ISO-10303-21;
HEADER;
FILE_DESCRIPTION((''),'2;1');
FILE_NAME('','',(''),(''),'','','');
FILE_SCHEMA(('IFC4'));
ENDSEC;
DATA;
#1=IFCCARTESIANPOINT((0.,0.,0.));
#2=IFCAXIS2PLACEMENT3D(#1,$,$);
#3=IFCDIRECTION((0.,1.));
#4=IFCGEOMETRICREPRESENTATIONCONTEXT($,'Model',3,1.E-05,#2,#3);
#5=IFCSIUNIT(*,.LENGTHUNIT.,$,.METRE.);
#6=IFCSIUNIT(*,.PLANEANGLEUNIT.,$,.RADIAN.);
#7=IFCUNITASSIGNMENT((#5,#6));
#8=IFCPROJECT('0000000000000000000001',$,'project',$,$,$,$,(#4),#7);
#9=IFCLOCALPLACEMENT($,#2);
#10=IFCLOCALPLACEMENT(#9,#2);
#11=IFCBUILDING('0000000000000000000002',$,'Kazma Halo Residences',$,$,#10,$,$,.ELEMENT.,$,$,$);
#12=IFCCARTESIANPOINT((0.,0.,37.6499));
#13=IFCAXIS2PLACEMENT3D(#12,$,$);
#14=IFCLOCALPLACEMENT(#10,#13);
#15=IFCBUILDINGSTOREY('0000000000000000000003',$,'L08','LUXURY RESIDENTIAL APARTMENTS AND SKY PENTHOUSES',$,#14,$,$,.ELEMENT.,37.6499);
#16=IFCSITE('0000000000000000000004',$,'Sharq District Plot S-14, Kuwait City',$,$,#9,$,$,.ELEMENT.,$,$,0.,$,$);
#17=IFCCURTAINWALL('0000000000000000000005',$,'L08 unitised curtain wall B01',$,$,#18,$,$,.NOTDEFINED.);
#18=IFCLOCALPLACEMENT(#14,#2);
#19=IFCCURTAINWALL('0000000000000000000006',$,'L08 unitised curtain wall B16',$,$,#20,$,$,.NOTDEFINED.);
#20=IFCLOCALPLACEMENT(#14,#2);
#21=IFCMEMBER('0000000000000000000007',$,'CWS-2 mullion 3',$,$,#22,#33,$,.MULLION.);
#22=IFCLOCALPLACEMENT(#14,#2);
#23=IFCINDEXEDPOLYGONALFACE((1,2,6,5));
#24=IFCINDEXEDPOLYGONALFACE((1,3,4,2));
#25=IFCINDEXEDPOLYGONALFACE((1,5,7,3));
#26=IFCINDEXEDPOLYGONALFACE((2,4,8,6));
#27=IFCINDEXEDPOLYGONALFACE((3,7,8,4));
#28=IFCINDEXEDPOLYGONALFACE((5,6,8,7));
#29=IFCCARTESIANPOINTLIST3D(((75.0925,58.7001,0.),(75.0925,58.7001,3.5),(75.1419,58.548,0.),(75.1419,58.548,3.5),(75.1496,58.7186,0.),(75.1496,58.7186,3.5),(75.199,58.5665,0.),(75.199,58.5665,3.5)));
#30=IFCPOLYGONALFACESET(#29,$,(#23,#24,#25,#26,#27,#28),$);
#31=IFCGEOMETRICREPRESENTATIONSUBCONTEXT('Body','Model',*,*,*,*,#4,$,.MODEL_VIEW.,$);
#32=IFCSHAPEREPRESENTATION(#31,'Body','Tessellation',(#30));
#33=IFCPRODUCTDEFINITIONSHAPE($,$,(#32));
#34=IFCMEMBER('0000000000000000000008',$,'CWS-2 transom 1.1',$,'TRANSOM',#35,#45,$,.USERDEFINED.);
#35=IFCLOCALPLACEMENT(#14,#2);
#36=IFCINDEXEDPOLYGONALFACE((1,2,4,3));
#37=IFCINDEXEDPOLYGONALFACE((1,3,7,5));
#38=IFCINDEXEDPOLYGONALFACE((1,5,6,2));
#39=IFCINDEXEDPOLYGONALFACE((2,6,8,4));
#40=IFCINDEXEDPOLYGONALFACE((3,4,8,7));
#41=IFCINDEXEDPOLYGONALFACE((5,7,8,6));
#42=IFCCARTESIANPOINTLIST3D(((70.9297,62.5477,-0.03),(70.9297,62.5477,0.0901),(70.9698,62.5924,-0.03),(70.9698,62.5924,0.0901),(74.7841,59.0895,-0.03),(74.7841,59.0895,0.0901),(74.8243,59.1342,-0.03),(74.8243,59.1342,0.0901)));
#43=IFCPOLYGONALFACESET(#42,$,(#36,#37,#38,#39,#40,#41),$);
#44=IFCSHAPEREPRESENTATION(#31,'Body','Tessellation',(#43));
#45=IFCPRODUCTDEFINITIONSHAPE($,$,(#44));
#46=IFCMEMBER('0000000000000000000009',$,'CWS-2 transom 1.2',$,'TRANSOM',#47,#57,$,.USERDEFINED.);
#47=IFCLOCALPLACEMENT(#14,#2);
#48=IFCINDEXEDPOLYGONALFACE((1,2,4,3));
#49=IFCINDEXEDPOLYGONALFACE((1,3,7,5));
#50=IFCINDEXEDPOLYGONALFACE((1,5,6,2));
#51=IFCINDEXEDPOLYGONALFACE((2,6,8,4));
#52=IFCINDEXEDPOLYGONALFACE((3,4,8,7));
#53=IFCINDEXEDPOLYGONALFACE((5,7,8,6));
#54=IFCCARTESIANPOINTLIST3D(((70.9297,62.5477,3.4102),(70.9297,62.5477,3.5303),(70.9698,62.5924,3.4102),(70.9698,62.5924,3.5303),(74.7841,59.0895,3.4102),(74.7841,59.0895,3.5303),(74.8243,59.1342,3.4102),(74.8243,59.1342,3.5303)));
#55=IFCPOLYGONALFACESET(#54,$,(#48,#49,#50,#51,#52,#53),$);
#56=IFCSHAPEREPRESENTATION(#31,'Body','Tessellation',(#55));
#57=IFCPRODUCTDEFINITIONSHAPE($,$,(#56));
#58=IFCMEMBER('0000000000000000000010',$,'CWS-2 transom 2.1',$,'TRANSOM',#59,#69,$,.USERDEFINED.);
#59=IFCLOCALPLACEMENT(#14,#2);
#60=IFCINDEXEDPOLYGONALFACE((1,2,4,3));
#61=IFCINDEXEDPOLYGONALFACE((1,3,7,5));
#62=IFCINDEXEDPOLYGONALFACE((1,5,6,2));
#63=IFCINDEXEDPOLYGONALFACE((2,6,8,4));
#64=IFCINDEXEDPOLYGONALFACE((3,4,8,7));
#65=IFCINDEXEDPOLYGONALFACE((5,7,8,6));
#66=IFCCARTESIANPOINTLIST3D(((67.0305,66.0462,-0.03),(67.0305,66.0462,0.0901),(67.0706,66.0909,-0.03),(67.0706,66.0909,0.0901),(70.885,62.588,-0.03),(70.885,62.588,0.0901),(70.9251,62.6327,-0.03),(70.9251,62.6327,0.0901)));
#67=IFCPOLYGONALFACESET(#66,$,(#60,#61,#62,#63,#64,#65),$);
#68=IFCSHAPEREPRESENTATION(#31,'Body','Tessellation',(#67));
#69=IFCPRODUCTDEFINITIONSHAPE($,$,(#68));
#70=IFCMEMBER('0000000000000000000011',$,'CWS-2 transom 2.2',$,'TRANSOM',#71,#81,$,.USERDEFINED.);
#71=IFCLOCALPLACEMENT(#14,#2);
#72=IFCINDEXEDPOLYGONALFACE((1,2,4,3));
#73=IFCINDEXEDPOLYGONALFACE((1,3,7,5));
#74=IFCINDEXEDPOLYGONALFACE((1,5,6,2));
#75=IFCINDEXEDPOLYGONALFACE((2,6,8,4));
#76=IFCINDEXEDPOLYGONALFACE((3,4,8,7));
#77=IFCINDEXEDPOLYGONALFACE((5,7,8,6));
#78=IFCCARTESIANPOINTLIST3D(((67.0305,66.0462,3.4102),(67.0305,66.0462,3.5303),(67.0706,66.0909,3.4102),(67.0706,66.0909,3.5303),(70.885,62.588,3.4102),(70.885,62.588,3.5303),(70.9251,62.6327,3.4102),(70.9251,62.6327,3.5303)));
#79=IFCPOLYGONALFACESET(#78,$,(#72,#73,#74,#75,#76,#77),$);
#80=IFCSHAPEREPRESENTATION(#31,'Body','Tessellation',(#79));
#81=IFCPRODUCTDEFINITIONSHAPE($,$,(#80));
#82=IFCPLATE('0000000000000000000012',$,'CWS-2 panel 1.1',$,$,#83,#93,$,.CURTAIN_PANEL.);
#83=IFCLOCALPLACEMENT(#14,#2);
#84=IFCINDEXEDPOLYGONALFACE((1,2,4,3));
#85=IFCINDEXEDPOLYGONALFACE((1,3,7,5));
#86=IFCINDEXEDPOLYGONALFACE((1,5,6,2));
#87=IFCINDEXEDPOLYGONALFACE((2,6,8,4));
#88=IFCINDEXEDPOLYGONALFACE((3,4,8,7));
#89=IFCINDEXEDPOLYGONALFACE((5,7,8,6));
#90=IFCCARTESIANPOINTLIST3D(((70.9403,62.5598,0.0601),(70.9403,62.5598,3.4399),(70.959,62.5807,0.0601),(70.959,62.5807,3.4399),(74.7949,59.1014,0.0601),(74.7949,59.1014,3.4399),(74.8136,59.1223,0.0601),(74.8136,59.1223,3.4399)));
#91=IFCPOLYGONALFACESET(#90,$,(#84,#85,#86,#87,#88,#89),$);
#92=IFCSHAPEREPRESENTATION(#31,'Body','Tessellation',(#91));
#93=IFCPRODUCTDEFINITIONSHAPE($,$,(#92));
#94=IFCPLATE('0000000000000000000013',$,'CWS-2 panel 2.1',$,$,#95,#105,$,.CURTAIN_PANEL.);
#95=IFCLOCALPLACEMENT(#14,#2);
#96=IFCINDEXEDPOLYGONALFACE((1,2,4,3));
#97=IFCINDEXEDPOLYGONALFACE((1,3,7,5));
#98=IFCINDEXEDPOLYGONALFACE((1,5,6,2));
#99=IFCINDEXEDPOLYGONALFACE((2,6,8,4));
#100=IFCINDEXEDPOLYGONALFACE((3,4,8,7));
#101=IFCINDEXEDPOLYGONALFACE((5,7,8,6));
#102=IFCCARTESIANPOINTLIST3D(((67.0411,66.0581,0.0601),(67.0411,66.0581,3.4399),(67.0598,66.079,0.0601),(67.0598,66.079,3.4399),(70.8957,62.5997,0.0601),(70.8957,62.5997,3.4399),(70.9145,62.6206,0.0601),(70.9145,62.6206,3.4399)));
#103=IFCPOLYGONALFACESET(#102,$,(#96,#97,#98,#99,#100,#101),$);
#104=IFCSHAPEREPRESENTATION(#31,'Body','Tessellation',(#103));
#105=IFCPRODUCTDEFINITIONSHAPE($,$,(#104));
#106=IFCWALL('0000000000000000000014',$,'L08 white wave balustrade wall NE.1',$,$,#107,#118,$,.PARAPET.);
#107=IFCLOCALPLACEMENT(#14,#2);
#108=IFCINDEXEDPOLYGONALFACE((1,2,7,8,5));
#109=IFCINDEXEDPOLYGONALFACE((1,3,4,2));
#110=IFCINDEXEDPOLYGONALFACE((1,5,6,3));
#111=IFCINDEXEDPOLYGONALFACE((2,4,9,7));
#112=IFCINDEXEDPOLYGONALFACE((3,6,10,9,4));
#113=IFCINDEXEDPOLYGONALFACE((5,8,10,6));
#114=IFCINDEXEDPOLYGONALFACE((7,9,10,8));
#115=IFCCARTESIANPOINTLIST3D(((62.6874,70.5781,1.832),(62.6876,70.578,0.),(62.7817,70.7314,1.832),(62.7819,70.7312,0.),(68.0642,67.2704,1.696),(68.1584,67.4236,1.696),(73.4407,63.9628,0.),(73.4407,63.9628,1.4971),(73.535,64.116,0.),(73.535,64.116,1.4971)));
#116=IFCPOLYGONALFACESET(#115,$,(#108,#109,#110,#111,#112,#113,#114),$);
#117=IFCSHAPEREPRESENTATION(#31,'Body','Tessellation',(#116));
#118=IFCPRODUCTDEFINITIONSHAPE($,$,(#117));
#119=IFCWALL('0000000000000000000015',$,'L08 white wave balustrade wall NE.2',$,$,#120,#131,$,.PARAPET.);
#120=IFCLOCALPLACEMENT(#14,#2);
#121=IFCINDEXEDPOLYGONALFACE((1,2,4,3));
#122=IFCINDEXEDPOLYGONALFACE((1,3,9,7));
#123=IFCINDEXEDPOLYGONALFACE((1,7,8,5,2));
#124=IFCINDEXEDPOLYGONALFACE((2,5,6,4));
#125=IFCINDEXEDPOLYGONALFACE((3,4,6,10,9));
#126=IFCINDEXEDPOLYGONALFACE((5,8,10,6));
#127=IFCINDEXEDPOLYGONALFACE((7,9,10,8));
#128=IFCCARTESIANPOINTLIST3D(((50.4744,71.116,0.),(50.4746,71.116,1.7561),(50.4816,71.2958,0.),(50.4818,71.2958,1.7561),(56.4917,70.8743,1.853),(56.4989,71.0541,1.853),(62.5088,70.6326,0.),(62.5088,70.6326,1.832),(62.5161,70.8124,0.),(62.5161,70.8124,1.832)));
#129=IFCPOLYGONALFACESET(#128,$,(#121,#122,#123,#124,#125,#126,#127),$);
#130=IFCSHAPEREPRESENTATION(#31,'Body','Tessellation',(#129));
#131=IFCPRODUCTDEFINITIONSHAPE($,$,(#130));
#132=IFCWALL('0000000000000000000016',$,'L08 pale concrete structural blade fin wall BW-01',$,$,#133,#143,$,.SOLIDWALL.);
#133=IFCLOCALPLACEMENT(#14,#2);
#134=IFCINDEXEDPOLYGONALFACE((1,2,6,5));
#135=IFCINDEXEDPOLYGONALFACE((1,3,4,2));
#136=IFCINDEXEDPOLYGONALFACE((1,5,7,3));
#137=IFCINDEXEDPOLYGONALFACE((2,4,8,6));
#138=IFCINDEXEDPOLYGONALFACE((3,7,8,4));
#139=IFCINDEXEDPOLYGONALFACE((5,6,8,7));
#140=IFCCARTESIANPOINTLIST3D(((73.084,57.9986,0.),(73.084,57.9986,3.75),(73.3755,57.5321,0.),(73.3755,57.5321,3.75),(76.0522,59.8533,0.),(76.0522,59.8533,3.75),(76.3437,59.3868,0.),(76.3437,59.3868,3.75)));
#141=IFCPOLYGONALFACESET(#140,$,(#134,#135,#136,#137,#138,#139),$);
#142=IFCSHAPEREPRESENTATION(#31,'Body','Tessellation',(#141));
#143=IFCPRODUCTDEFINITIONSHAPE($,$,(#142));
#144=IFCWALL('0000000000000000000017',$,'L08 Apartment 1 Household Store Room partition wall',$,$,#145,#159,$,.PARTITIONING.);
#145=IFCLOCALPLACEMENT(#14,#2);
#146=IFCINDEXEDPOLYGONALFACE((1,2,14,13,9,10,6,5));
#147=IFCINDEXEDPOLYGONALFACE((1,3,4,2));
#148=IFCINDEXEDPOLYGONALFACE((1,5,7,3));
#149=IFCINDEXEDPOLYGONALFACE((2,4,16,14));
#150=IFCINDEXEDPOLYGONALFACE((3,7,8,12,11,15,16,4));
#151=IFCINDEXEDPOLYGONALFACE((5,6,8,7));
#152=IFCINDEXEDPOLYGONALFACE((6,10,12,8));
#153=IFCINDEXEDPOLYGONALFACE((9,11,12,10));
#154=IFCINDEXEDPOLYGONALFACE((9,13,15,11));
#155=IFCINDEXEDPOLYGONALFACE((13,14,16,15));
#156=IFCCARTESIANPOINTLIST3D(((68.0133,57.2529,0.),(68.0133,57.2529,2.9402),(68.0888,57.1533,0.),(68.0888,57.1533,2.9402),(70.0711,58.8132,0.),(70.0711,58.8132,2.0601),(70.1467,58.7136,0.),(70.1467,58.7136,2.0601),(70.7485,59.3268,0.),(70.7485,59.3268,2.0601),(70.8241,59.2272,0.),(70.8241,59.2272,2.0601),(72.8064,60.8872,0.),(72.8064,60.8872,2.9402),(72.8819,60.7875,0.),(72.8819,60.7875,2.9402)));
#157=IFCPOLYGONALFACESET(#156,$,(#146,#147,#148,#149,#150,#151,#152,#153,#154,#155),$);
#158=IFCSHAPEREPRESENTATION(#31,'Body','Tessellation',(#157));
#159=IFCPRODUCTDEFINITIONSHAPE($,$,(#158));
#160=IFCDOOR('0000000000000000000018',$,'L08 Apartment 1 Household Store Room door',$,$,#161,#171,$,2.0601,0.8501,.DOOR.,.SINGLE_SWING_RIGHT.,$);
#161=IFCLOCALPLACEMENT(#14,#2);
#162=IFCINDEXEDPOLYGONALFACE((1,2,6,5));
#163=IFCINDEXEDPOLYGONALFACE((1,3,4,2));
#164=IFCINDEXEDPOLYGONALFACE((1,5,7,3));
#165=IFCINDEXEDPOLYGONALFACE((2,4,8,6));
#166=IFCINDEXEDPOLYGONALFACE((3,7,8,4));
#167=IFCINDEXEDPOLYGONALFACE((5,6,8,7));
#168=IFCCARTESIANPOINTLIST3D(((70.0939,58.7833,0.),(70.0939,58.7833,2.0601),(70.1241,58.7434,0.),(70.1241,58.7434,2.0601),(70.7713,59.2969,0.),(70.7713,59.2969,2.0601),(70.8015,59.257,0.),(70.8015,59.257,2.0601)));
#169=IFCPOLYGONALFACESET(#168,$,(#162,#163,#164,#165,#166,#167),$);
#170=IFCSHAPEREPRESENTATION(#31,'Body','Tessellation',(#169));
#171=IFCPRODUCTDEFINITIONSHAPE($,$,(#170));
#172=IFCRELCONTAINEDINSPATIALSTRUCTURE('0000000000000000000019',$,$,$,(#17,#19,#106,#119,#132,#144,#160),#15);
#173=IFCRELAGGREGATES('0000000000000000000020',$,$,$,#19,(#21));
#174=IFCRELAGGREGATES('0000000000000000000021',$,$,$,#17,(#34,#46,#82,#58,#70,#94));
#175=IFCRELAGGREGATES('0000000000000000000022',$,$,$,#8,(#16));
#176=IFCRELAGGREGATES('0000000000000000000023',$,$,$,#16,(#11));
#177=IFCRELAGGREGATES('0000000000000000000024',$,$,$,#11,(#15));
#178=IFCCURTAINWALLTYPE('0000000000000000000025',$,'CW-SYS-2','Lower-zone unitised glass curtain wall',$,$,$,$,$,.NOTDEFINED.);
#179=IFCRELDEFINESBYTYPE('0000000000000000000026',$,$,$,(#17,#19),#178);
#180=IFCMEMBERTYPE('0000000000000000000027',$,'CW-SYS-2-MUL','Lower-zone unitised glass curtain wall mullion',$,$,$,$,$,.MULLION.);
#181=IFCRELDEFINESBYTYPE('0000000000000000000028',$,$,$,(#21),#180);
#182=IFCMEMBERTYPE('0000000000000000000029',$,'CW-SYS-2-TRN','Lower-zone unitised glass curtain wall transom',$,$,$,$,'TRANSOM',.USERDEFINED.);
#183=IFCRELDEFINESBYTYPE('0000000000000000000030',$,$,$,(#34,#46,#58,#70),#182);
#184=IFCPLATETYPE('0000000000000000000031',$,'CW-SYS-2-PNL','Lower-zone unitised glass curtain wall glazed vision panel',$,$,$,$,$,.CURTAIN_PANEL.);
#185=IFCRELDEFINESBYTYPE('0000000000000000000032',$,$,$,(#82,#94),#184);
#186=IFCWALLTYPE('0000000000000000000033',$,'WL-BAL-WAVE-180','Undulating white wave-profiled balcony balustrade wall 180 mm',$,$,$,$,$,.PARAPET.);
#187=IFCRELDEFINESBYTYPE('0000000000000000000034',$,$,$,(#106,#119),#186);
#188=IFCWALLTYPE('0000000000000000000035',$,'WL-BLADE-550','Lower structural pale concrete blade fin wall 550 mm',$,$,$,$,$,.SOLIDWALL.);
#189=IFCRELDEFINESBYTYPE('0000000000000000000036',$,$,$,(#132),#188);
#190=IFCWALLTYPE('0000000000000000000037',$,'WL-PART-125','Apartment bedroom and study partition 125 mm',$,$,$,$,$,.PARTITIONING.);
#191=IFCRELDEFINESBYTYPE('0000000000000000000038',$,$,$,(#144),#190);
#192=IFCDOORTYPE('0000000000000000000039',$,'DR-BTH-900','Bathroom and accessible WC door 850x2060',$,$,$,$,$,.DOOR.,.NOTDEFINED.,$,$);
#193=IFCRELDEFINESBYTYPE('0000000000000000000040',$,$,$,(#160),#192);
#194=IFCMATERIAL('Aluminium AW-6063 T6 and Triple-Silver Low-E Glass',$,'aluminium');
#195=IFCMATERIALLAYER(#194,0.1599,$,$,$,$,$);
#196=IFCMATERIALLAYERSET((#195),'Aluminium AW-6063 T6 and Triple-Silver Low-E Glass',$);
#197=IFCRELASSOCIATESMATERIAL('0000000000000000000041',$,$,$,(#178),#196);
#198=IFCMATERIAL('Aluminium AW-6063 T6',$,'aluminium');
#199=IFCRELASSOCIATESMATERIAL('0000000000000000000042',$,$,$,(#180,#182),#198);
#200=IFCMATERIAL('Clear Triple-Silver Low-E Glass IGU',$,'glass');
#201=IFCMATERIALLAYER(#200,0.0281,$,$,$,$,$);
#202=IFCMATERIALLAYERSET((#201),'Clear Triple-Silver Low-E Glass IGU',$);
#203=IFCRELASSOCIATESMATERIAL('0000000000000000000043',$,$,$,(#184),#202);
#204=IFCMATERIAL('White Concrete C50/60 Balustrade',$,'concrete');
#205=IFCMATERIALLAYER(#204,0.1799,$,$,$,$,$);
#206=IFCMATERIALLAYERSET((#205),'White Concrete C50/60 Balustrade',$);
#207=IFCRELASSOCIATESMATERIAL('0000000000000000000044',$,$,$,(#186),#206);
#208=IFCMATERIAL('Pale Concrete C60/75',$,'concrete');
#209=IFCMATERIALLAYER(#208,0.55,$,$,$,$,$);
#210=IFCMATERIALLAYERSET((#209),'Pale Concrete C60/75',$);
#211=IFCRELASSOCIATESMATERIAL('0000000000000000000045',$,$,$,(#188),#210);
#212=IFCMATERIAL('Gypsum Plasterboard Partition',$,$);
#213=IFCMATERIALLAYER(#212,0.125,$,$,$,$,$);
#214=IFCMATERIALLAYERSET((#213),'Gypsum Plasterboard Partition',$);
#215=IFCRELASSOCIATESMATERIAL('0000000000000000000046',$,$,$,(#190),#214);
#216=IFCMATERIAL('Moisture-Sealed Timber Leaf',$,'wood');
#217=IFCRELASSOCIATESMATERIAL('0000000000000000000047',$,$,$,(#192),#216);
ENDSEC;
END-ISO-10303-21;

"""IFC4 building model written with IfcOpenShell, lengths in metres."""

from ifc_helpers import new_model, si_unit, direction, frame, frame_2d, origin, origin_2d, place, context, subcontext, project, spatial, polyline, rectangle, outline, extrude, material, layer, layer_set, material_profile, profile_set, type_object, element, fill, aggregate, save


model = new_model("IFC4")

# Units and contexts
model_context = context("Model", 3, precision=1e-05, world=origin(), true_north=direction((0.0, 1.0)))
body_context = subcontext(model_context, "Body", "Model", "MODEL_VIEW")
ifc_project = project(units=[si_unit("LENGTHUNIT", "METRE"), si_unit("PLANEANGLEUNIT", "RADIAN")], contexts=[model_context])

# Site, building, storey
site_placement = place(None, origin())
site = spatial("IfcSite", under=ifc_project, at=site_placement, Name="Sharq District Plot S-14, Kuwait City", CompositionType="ELEMENT", RefElevation=0.0)
building_placement = place(site_placement, origin())
building = spatial("IfcBuilding", under=site, at=building_placement, Name="Kazma Halo Residences", CompositionType="ELEMENT")
storey_placement = place(building_placement, frame((0.0, 0.0, 37.6499)))
storey = spatial("IfcBuildingStorey", under=building, at=storey_placement, Name="L08", Description="LUXURY RESIDENTIAL APARTMENTS AND SKY PENTHOUSES", CompositionType="ELEMENT", Elevation=37.6499)

# Curtain wall
ifc_material_1 = material(Name="Aluminium AW-6063 T6 and Triple-Silver Low-E Glass", Category="aluminium")
ifc_layer_1 = layer(ifc_material_1, 0.1599)
ifc_layer_set_1 = layer_set([ifc_layer_1], Name="Aluminium AW-6063 T6 and Triple-Silver Low-E Glass")
curtain_wall_type = type_object("IfcCurtainWallType", Name="CW-SYS-2", Description="Lower-zone unitised glass curtain wall", PredefinedType="NOTDEFINED", material=ifc_layer_set_1)
curtain_wall_1_placement = place(storey_placement, origin())
curtain_wall_1 = element("IfcCurtainWall", 1, at=curtain_wall_1_placement, inside=storey, type_object=curtain_wall_type, Name="L08 unitised curtain wall B01", PredefinedType="NOTDEFINED")
ifc_material_2 = material(Name="Aluminium AW-6063 T6", Category="aluminium")
ifc_material_profile_1 = material_profile(ifc_material_2, rectangle(XDim=0.0601, YDim=0.1599, at=origin_2d()), Name="CWM-60x160")
ifc_profile_set_1 = profile_set([ifc_material_profile_1], Name="Aluminium AW-6063 T6")
member_type_1 = type_object("IfcMemberType", Name="CW-SYS-2-MUL", Description="Lower-zone unitised glass curtain wall mullion", PredefinedType="MULLION", material=ifc_profile_set_1)

# Curtain wall, member
curtain_wall_2_placement = place(storey_placement, origin())
curtain_wall_2 = element("IfcCurtainWall", 2, at=curtain_wall_2_placement, inside=storey, type_object=curtain_wall_type, Name="L08 unitised curtain wall B16", PredefinedType="NOTDEFINED")
member_1_placement = place(storey_placement, frame((75.1458, 58.6333, 0.0), z_axis=(0.0, 0.0, 1.0), x_axis=(-0.951057, -0.309017, 0.0)))
member_1 = element("IfcMember", 3, at=member_1_placement, type_object=member_type_1, Name="CWS-2 mullion 3", PredefinedType="MULLION", context=body_context, shape_type="SweptSolid", body=[
    extrude(rectangle(XDim=0.0601, YDim=0.1599, at=origin_2d()), origin(), (0.0, 0.0, 1.0), 3.5),
])
aggregate(curtain_wall_2, [member_1])

# Members
ifc_material_profile_2 = material_profile(ifc_material_2, rectangle(XDim=0.0601, YDim=0.1201, at=origin_2d()), Name="CWT-60x120")
ifc_profile_set_2 = profile_set([ifc_material_profile_2], Name="Aluminium AW-6063 T6")
member_type_2 = type_object("IfcMemberType", Name="CW-SYS-2-TRN", Description="Lower-zone unitised glass curtain wall transom", ElementType="TRANSOM", PredefinedType="USERDEFINED", material=ifc_profile_set_2)
member_2_placement = place(storey_placement, frame((74.8042, 59.1118, 0.03), z_axis=(-0.744329, 0.667813, 0.0), x_axis=(-0.667813, -0.744329, 0.0)))
member_2 = element("IfcMember", 4, at=member_2_placement, type_object=member_type_2, Name="CWS-2 transom 1.1", ObjectType="TRANSOM", PredefinedType="USERDEFINED", context=body_context, shape_type="SweptSolid", body=[
    extrude(rectangle(XDim=0.0601, YDim=0.1201, at=origin_2d()), origin(), (0.0, 0.0, 1.0), 5.1785),
])
member_3_placement = place(storey_placement, frame((74.8042, 59.1118, 3.4702), z_axis=(-0.744329, 0.667813, 0.0), x_axis=(-0.667813, -0.744329, 0.0)))
member_3 = element("IfcMember", 5, at=member_3_placement, type_object=member_type_2, Name="CWS-2 transom 1.2", ObjectType="TRANSOM", PredefinedType="USERDEFINED", context=body_context, shape_type="SweptSolid", body=[
    extrude(rectangle(XDim=0.0601, YDim=0.1201, at=origin_2d()), origin(), (0.0, 0.0, 1.0), 5.1785),
])
member_4_placement = place(storey_placement, frame((70.905, 62.6104, 0.03), z_axis=(-0.744329, 0.667813, 0.0), x_axis=(-0.667813, -0.744329, 0.0)))
member_4 = element("IfcMember", 6, at=member_4_placement, type_object=member_type_2, Name="CWS-2 transom 2.1", ObjectType="TRANSOM", PredefinedType="USERDEFINED", context=body_context, shape_type="SweptSolid", body=[
    extrude(rectangle(XDim=0.0601, YDim=0.1201, at=origin_2d()), origin(), (0.0, 0.0, 1.0), 5.1785),
])
member_5_placement = place(storey_placement, frame((70.905, 62.6104, 3.4702), z_axis=(-0.744329, 0.667813, 0.0), x_axis=(-0.667813, -0.744329, 0.0)))
member_5 = element("IfcMember", 7, at=member_5_placement, type_object=member_type_2, Name="CWS-2 transom 2.2", ObjectType="TRANSOM", PredefinedType="USERDEFINED", context=body_context, shape_type="SweptSolid", body=[
    extrude(rectangle(XDim=0.0601, YDim=0.1201, at=origin_2d()), origin(), (0.0, 0.0, 1.0), 5.1785),
])

# Plates
ifc_material_3 = material(Name="Clear Triple-Silver Low-E Glass IGU", Category="glass")
ifc_layer_2 = layer(ifc_material_3, 0.0281)
ifc_layer_set_2 = layer_set([ifc_layer_2], Name="Clear Triple-Silver Low-E Glass IGU")
plate_type = type_object("IfcPlateType", Name="CW-SYS-2-PNL", Description="Lower-zone unitised glass curtain wall glazed vision panel", PredefinedType="CURTAIN_PANEL", material=ifc_layer_set_2)
plate_1_placement = place(storey_placement, frame((72.877, 60.8411, 0.0601), z_axis=(0.0, 0.0, 1.0), x_axis=(-0.744322, 0.667821, 0.0)))
plate_1 = element("IfcPlate", 8, at=plate_1_placement, type_object=plate_type, Name="CWS-2 panel 1.1", PredefinedType="CURTAIN_PANEL", context=body_context, shape_type="SweptSolid", body=[
    extrude(rectangle(XDim=5.1787, YDim=0.0281, at=origin_2d()), origin(), (0.0, 0.0, 1.0), 3.3799),
])
plate_2_placement = place(storey_placement, frame((68.9778, 64.3394, 0.0601), z_axis=(0.0, 0.0, 1.0), x_axis=(-0.744322, 0.667821, 0.0)))
plate_2 = element("IfcPlate", 9, at=plate_2_placement, type_object=plate_type, Name="CWS-2 panel 2.1", PredefinedType="CURTAIN_PANEL", context=body_context, shape_type="SweptSolid", body=[
    extrude(rectangle(XDim=5.1787, YDim=0.0281, at=origin_2d()), origin(), (0.0, 0.0, 1.0), 3.3799),
])
aggregate(curtain_wall_1, [member_2, member_3, plate_1, member_4, member_5, plate_2])

# Walls
ifc_material_4 = material(Name="White Concrete C50/60 Balustrade", Category="concrete")
ifc_layer_3 = layer(ifc_material_4, 0.1799)
ifc_layer_set_3 = layer_set([ifc_layer_3], Name="White Concrete C50/60 Balustrade")
wall_type_1 = type_object("IfcWallType", Name="WL-BAL-WAVE-180", Description="Undulating white wave-profiled balcony balustrade wall 180 mm", PredefinedType="PARAPET", material=ifc_layer_set_3)
wall_1_placement = place(storey_placement, frame((73.4878, 64.0393, 0.0), z_axis=(0.0, 0.0, 1.0), x_axis=(-0.851733, 0.523977, 0.0)))
element("IfcWall", 10, at=wall_1_placement, inside=storey, type_object=wall_type_1, Name="L08 white wave balustrade wall NE.1", PredefinedType="PARAPET", context=body_context, shape_type="SweptSolid", body=[
    extrude(outline(polyline([(0.0, 0.0), (12.625, 0.0), (12.6252, 1.832), (6.3125, 1.696), (0.0, 1.4971), (0.0, 0.0)])), frame((0.0, 0.0898, 0.0), z_axis=(0.0, -1.0, 0.0), x_axis=(1.0, 0.0, 0.0)), (0.0, 0.0, 1.0), 0.1799),
])
wall_2_placement = place(storey_placement, frame((62.5125, 70.7224, 0.0), z_axis=(0.0, 0.0, 1.0), x_axis=(-0.999194, 0.040136, 0.0)))
element("IfcWall", 11, at=wall_2_placement, inside=storey, type_object=wall_type_1, Name="L08 white wave balustrade wall NE.2", PredefinedType="PARAPET", context=body_context, shape_type="SweptSolid", body=[
    extrude(outline(polyline([(0.0, 0.0), (12.0442, 0.0), (12.0439, 1.7561), (6.022, 1.853), (0.0, 1.832), (0.0, 0.0)])), frame((0.0, 0.0898, 0.0), z_axis=(0.0, -1.0, 0.0), x_axis=(1.0, 0.0, 0.0)), (0.0, 0.0, 1.0), 0.1799),
])
ifc_material_5 = material(Name="Pale Concrete C60/75", Category="concrete")
ifc_layer_4 = layer(ifc_material_5, 0.55)
ifc_layer_set_4 = layer_set([ifc_layer_4], Name="Pale Concrete C60/75")
wall_type_2 = type_object("IfcWallType", Name="WL-BLADE-550", Description="Lower structural pale concrete blade fin wall 550 mm", PredefinedType="SOLIDWALL", material=ifc_layer_set_4)
wall_3_placement = place(storey_placement, frame((73.2297, 57.7654, 0.0), z_axis=(0.0, 0.0, 1.0), x_axis=(0.848053, 0.529911, 0.0)))
element("IfcWall", 12, at=wall_3_placement, inside=storey, type_object=wall_type_2, Name="L08 pale concrete structural blade fin wall BW-01", PredefinedType="SOLIDWALL", context=body_context, shape_type="SweptSolid", body=[
    extrude(rectangle(XDim=3.5, YDim=0.55, at=frame_2d((1.75, 0.0))), origin(), (0.0, 0.0, 1.0), 3.75),
])

# Wall, opening, door
ifc_material_6 = material(Name="Gypsum Plasterboard Partition")
ifc_layer_5 = layer(ifc_material_6, 0.125)
ifc_layer_set_5 = layer_set([ifc_layer_5], Name="Gypsum Plasterboard Partition")
wall_type_3 = type_object("IfcWallType", Name="WL-PART-125", Description="Apartment bedroom and study partition 125 mm", PredefinedType="PARTITIONING", material=ifc_layer_set_5)
wall_4_placement = place(storey_placement, frame((68.051, 57.2031, 0.0), z_axis=(0.0, 0.0, 1.0), x_axis=(0.796848, 0.60418, 0.0)))
wall_4 = element("IfcWall", 13, at=wall_4_placement, inside=storey, type_object=wall_type_3, Name="L08 Apartment 1 Household Store Room partition wall", PredefinedType="PARTITIONING", context=body_context, shape_type="SweptSolid", body=[
    extrude(rectangle(XDim=6.0151, YDim=0.125, at=frame_2d((3.0076, 0.0))), origin(), (0.0, 0.0, 1.0), 2.9402),
])
opening_1_placement = place(wall_4_placement, frame((2.5825, 0.0, 0.0)))
opening_1 = element("IfcOpeningElement", 14, at=opening_1_placement, cuts=wall_4, PredefinedType="OPENING", context=body_context, shape_type="SweptSolid", body=[
    extrude(rectangle(XDim=0.8501, YDim=2.0601, at=frame_2d((0.425, 1.03))), frame((0.0, 0.0725, 0.0), z_axis=(0.0, -1.0, 0.0), x_axis=(1.0, 0.0, 0.0)), (0.0, 0.0, 1.0), 0.145),
])
ifc_material_7 = material(Name="Moisture-Sealed Timber Leaf", Category="wood")
door_type_1 = type_object("IfcDoorType", Name="DR-BTH-900", Description="Bathroom and accessible WC door 850x2060", OperationType="NOTDEFINED", PredefinedType="DOOR", material=ifc_material_7)
door_1_placement = place(opening_1_placement, origin())
door_1 = element("IfcDoor", 15, at=door_1_placement, inside=storey, type_object=door_type_1, Name="L08 Apartment 1 Household Store Room door", OperationType="SINGLE_SWING_RIGHT", OverallHeight=2.0601, OverallWidth=0.8501, PredefinedType="DOOR", context=body_context, shape_type="SweptSolid", body=[
    extrude(rectangle(XDim=0.8501, YDim=2.0601, at=frame_2d((0.425, 1.03))), frame((0.0, 0.0249, 0.0), z_axis=(0.0, -1.0, 0.0), x_axis=(1.0, 0.0, 0.0)), (0.0, 0.0, 1.0), 0.05),
])
fill(opening_1, door_1)

save(model, "model.ifc")
